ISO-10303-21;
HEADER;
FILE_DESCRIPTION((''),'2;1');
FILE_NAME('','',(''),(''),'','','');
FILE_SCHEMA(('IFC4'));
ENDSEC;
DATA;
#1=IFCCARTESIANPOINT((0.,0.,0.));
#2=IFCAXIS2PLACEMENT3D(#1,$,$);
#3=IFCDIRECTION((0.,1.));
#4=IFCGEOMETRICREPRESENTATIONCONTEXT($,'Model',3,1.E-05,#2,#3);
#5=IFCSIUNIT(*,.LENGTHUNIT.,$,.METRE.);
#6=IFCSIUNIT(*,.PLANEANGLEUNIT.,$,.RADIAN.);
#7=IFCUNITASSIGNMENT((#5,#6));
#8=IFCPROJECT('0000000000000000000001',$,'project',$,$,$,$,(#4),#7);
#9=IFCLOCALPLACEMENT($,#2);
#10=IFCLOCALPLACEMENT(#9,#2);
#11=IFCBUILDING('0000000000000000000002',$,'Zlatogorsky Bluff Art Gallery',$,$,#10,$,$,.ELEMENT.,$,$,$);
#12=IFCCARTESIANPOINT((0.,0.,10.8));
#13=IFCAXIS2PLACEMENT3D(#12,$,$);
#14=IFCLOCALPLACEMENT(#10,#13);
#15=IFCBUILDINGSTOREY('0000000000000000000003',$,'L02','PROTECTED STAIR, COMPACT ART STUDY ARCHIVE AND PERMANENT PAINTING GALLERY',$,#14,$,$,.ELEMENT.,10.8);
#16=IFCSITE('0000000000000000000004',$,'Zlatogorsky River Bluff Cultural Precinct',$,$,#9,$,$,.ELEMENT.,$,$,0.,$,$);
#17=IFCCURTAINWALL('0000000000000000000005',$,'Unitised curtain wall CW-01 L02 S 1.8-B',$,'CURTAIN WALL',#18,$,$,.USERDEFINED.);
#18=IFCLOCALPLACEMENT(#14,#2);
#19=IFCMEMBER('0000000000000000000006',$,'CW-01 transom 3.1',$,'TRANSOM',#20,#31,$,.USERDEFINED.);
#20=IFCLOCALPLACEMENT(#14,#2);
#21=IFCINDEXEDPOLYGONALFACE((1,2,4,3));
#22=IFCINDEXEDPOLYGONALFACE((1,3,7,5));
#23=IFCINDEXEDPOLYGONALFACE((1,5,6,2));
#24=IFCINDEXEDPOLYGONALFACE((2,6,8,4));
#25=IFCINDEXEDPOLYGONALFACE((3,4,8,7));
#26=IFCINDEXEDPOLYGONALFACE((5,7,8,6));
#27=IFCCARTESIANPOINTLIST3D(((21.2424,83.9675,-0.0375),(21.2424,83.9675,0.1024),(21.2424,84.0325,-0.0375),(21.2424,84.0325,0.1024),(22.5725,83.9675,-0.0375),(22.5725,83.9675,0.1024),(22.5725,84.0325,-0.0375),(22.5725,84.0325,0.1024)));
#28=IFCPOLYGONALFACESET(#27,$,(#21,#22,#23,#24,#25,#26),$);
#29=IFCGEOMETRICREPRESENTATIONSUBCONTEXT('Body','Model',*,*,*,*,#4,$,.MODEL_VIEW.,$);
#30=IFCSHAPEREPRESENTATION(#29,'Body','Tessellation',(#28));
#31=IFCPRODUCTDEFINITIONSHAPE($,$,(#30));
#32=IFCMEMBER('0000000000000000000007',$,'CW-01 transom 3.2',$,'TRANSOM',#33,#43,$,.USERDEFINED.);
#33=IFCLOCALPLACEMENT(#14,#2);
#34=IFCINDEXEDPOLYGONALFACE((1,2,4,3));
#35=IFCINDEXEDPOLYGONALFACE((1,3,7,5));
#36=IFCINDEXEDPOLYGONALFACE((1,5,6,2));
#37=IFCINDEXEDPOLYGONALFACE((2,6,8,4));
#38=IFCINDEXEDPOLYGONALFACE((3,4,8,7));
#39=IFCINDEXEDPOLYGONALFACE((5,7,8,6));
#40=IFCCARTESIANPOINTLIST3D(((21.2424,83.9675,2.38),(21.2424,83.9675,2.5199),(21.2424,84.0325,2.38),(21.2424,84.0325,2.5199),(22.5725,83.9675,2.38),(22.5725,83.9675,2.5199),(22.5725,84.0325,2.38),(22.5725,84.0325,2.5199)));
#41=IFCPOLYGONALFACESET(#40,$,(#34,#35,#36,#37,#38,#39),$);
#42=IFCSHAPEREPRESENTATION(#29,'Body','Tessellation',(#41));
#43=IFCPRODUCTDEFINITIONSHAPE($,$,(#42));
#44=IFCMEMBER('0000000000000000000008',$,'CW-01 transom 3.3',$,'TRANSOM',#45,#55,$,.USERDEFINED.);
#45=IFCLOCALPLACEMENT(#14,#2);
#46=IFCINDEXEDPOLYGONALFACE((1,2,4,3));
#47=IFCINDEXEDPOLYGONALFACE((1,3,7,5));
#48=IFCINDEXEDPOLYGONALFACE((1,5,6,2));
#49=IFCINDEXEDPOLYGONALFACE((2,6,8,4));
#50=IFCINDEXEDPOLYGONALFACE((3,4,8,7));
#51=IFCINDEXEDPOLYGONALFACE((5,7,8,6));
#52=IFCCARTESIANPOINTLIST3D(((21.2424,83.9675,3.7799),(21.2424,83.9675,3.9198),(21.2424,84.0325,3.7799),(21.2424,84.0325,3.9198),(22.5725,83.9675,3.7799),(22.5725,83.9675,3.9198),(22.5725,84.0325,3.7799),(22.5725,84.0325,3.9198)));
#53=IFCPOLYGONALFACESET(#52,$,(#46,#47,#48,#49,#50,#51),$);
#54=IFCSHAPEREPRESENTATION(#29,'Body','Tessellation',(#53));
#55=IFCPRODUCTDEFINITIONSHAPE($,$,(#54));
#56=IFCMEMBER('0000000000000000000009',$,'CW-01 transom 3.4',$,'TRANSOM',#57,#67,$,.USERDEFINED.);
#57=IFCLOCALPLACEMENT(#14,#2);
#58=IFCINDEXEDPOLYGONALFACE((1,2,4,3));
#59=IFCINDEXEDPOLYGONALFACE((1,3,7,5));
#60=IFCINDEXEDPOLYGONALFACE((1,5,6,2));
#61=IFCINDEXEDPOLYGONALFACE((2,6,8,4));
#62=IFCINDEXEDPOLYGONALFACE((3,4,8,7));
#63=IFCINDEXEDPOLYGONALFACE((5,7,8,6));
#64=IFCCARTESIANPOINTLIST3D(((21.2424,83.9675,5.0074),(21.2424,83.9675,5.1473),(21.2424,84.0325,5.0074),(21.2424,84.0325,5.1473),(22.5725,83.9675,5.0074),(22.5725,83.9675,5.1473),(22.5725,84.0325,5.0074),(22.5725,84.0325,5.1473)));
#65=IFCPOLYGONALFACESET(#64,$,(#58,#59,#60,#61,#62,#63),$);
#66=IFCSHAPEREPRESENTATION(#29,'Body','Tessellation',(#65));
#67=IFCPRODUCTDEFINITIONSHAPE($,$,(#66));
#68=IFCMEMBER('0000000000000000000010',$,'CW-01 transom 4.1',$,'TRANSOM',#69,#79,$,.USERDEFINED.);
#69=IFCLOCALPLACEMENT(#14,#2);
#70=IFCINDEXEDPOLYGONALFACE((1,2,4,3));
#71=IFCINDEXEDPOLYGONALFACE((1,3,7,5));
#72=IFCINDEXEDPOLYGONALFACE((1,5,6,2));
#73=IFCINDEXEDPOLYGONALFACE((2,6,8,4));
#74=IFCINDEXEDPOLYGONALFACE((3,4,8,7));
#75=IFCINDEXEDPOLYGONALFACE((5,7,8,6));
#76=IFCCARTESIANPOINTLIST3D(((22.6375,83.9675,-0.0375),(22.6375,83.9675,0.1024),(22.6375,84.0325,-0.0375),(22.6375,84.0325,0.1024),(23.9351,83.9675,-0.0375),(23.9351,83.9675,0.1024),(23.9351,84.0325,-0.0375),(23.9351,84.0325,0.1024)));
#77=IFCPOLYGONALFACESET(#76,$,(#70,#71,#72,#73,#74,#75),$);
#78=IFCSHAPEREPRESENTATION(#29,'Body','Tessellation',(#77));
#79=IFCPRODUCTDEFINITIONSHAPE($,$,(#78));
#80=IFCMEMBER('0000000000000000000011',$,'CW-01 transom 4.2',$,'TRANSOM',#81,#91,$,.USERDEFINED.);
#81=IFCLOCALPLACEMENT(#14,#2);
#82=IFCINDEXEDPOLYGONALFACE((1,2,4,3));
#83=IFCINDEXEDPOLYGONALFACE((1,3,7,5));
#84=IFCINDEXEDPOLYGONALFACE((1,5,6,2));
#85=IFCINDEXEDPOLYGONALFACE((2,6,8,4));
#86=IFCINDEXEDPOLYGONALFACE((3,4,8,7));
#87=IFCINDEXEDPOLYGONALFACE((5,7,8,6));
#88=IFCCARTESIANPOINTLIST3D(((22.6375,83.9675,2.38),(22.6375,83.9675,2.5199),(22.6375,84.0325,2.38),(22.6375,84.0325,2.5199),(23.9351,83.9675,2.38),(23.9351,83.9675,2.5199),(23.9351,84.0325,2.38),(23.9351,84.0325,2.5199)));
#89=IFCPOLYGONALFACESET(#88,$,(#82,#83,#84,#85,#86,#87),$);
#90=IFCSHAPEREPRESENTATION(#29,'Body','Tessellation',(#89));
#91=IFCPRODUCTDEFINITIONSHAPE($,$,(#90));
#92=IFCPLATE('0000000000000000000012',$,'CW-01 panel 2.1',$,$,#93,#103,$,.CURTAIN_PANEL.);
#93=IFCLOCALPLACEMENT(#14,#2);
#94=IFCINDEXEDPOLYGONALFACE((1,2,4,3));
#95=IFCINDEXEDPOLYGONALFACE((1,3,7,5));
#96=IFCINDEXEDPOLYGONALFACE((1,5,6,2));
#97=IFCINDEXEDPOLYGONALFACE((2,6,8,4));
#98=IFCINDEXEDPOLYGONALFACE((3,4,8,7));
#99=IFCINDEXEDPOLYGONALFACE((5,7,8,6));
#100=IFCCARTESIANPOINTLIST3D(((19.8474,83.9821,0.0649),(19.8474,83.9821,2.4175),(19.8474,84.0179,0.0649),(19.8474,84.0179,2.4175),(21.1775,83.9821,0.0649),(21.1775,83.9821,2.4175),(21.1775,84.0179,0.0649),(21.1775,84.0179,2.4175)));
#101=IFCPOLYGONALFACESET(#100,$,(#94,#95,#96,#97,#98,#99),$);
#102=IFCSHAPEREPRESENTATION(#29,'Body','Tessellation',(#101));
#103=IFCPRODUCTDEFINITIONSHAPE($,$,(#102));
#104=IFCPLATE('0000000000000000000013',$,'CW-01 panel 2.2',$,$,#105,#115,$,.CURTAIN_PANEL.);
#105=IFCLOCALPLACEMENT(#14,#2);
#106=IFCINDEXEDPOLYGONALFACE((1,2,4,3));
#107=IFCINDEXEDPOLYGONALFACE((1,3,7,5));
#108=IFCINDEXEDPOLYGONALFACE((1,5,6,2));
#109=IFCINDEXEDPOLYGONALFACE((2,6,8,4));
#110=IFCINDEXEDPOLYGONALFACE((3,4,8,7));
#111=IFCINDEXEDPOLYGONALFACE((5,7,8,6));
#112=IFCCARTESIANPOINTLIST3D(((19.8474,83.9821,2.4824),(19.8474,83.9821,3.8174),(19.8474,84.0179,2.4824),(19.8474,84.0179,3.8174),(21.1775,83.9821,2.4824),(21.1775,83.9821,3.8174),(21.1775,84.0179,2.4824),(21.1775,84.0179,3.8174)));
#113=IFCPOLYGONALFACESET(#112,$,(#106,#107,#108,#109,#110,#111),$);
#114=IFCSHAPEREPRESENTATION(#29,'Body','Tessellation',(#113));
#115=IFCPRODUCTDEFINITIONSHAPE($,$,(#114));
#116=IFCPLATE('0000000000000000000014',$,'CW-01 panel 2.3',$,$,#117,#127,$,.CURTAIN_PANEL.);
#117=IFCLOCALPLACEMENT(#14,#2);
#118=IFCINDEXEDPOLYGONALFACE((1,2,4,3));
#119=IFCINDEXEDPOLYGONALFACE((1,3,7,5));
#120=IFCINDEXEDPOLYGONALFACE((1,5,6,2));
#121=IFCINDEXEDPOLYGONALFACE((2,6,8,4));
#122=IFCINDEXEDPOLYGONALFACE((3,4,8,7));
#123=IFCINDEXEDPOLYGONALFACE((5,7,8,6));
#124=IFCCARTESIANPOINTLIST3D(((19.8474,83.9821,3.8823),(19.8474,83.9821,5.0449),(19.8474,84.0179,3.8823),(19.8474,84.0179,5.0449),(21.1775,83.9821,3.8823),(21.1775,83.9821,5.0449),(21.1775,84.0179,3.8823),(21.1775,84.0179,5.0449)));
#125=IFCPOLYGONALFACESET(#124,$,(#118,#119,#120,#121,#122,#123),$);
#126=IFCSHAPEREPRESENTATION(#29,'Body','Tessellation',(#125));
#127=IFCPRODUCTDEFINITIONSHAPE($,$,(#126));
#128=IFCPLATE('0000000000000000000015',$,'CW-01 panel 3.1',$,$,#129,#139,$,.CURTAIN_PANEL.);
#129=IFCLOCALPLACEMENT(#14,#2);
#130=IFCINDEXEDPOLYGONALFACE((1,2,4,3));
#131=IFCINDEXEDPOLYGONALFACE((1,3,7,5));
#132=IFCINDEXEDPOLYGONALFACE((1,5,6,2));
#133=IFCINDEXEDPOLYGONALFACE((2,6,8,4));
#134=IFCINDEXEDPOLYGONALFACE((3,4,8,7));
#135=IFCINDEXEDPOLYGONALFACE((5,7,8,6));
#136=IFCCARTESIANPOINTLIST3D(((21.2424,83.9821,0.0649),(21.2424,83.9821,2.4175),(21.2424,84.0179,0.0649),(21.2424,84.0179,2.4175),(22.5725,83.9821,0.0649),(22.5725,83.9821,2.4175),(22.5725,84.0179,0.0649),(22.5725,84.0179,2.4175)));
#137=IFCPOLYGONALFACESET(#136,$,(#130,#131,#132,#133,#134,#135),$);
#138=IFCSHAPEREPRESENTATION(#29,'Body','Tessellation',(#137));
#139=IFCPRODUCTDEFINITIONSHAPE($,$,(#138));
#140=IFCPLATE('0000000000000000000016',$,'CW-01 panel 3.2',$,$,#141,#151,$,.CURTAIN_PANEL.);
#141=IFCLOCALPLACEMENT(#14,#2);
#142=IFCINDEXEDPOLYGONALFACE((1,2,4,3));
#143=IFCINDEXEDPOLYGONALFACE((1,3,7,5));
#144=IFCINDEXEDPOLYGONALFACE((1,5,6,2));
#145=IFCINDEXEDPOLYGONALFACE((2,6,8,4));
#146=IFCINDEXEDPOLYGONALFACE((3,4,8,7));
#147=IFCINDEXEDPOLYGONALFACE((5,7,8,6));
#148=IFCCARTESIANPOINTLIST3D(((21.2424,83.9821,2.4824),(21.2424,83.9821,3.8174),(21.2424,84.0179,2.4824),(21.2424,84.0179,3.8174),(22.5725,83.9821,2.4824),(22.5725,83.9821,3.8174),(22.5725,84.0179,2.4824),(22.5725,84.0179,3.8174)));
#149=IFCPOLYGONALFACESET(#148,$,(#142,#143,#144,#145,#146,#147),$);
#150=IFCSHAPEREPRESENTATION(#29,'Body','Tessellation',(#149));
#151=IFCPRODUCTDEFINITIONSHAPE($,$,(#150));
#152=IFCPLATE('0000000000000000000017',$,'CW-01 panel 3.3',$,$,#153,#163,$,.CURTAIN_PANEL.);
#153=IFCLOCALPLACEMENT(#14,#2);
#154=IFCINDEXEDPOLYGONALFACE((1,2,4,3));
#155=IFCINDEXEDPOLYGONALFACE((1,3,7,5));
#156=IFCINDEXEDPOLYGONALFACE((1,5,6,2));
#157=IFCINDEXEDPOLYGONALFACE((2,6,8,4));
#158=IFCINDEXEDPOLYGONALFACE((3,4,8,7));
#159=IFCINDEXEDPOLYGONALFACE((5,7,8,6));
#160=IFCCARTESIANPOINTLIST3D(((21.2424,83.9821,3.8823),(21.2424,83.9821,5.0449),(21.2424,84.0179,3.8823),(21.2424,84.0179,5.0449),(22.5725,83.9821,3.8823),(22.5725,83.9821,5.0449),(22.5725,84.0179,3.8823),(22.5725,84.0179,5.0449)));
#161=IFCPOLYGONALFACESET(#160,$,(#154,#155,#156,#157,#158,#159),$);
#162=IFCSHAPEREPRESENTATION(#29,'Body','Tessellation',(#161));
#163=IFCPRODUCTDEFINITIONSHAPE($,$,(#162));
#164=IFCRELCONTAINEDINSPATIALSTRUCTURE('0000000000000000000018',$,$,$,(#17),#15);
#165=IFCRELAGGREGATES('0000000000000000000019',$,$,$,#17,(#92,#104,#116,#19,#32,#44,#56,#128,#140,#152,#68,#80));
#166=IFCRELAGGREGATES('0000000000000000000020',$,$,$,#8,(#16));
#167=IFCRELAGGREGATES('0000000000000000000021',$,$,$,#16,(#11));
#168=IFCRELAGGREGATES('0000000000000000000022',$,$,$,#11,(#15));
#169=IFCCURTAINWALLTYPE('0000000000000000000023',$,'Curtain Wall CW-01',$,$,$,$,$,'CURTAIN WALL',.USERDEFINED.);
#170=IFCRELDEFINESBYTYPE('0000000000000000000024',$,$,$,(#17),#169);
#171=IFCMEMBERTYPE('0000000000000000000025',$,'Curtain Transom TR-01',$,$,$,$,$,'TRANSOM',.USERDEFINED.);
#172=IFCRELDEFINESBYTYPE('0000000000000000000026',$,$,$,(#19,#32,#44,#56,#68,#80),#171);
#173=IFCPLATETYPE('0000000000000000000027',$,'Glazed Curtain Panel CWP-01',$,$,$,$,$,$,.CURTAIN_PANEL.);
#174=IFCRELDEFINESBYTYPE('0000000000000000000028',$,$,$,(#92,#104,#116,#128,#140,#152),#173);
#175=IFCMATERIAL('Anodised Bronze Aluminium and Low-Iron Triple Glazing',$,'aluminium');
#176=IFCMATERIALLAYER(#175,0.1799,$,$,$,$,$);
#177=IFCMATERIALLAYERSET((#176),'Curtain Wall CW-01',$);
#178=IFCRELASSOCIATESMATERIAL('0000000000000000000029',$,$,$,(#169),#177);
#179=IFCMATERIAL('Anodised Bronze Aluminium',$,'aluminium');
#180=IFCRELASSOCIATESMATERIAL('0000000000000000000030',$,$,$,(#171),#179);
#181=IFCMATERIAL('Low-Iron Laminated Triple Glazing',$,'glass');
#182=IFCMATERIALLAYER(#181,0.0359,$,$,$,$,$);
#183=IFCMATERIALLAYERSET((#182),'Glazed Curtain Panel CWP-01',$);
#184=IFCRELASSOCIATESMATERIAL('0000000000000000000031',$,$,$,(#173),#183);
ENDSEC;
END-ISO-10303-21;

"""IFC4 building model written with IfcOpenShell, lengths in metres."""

from ifc_helpers import new_model, si_unit, direction, frame, origin, origin_2d, place, context, subcontext, project, spatial, rectangle, extrude, material, layer, layer_set, material_profile, profile_set, type_object, element, aggregate, save


model = new_model("IFC4")

# Units and contexts
model_context = context("Model", 3, precision=1e-05, world=origin(), true_north=direction((0.0, 1.0)))
body_context = subcontext(model_context, "Body", "Model", "MODEL_VIEW")
ifc_project = project(units=[si_unit("LENGTHUNIT", "METRE"), si_unit("PLANEANGLEUNIT", "RADIAN")], contexts=[model_context])

# Site, building, storey
site_placement = place(None, origin())
site = spatial("IfcSite", under=ifc_project, at=site_placement, Name="Zlatogorsky River Bluff Cultural Precinct", CompositionType="ELEMENT", RefElevation=0.0)
building_placement = place(site_placement, origin())
building = spatial("IfcBuilding", under=site, at=building_placement, Name="Zlatogorsky Bluff Art Gallery", CompositionType="ELEMENT")
storey_placement = place(building_placement, frame((0.0, 0.0, 10.8)))
storey = spatial("IfcBuildingStorey", under=building, at=storey_placement, Name="L02", Description="PROTECTED STAIR, COMPACT ART STUDY ARCHIVE AND PERMANENT PAINTING GALLERY", CompositionType="ELEMENT", Elevation=10.8)

# Curtain wall, members, plates
ifc_material_1 = material(Name="Anodised Bronze Aluminium and Low-Iron Triple Glazing", Category="aluminium")
ifc_layer_1 = layer(ifc_material_1, 0.1799)
ifc_layer_set_1 = layer_set([ifc_layer_1], Name="Curtain Wall CW-01")
curtain_wall_type = type_object("IfcCurtainWallType", Name="Curtain Wall CW-01", ElementType="CURTAIN WALL", PredefinedType="USERDEFINED", material=ifc_layer_set_1)
curtain_wall_placement = place(storey_placement, origin())
curtain_wall = element("IfcCurtainWall", 1, at=curtain_wall_placement, inside=storey, type_object=curtain_wall_type, Name="Unitised curtain wall CW-01 L02 S 1.8-B", ObjectType="CURTAIN WALL", PredefinedType="USERDEFINED")
ifc_material_2 = material(Name="Anodised Bronze Aluminium", Category="aluminium")
ifc_material_profile_1 = material_profile(ifc_material_2, rectangle(XDim=0.0649, YDim=0.1399, at=origin_2d()), Name="ALU TRANSOM 65x140")
ifc_profile_set_1 = profile_set([ifc_material_profile_1], Name="Anodised Bronze Aluminium")
member_type_1 = type_object("IfcMemberType", Name="Curtain Transom TR-01", ElementType="TRANSOM", PredefinedType="USERDEFINED", material=ifc_profile_set_1)
member_1_placement = place(storey_placement, frame((21.2424, 84.0, 0.0325), z_axis=(1.0, 0.0, 0.0), x_axis=(0.0, 1.0, 0.0)))
member_1 = element("IfcMember", 2, at=member_1_placement, type_object=member_type_1, Name="CW-01 transom 3.1", ObjectType="TRANSOM", PredefinedType="USERDEFINED", context=body_context, shape_type="SweptSolid", body=[
    extrude(rectangle(XDim=0.0649, YDim=0.1399, at=origin_2d()), origin(), (0.0, 0.0, 1.0), 1.3301),
])
member_2_placement = place(storey_placement, frame((21.2424, 84.0, 2.45), z_axis=(1.0, 0.0, 0.0), x_axis=(0.0, 1.0, 0.0)))
member_2 = element("IfcMember", 3, at=member_2_placement, type_object=member_type_1, Name="CW-01 transom 3.2", ObjectType="TRANSOM", PredefinedType="USERDEFINED", context=body_context, shape_type="SweptSolid", body=[
    extrude(rectangle(XDim=0.0649, YDim=0.1399, at=origin_2d()), origin(), (0.0, 0.0, 1.0), 1.3301),
])
member_3_placement = place(storey_placement, frame((21.2424, 84.0, 3.8499), z_axis=(1.0, 0.0, 0.0), x_axis=(0.0, 1.0, 0.0)))
member_3 = element("IfcMember", 4, at=member_3_placement, type_object=member_type_1, Name="CW-01 transom 3.3", ObjectType="TRANSOM", PredefinedType="USERDEFINED", context=body_context, shape_type="SweptSolid", body=[
    extrude(rectangle(XDim=0.0649, YDim=0.1399, at=origin_2d()), origin(), (0.0, 0.0, 1.0), 1.3301),
])
member_4_placement = place(storey_placement, frame((21.2424, 84.0, 5.0774), z_axis=(1.0, 0.0, 0.0), x_axis=(0.0, 1.0, 0.0)))
member_4 = element("IfcMember", 5, at=member_4_placement, type_object=member_type_1, Name="CW-01 transom 3.4", ObjectType="TRANSOM", PredefinedType="USERDEFINED", context=body_context, shape_type="SweptSolid", body=[
    extrude(rectangle(XDim=0.0649, YDim=0.1399, at=origin_2d()), origin(), (0.0, 0.0, 1.0), 1.3301),
])
member_5_placement = place(storey_placement, frame((22.6375, 84.0, 0.0325), z_axis=(1.0, 0.0, 0.0), x_axis=(0.0, 1.0, 0.0)))
member_5 = element("IfcMember", 6, at=member_5_placement, type_object=member_type_1, Name="CW-01 transom 4.1", ObjectType="TRANSOM", PredefinedType="USERDEFINED", context=body_context, shape_type="SweptSolid", body=[
    extrude(rectangle(XDim=0.0649, YDim=0.1399, at=origin_2d()), origin(), (0.0, 0.0, 1.0), 1.2976),
])
member_6_placement = place(storey_placement, frame((22.6375, 84.0, 2.45), z_axis=(1.0, 0.0, 0.0), x_axis=(0.0, 1.0, 0.0)))
member_6 = element("IfcMember", 7, at=member_6_placement, type_object=member_type_1, Name="CW-01 transom 4.2", ObjectType="TRANSOM", PredefinedType="USERDEFINED", context=body_context, shape_type="SweptSolid", body=[
    extrude(rectangle(XDim=0.0649, YDim=0.1399, at=origin_2d()), origin(), (0.0, 0.0, 1.0), 1.2976),
])
ifc_material_3 = material(Name="Low-Iron Laminated Triple Glazing", Category="glass")
ifc_layer_2 = layer(ifc_material_3, 0.0359)
ifc_layer_set_2 = layer_set([ifc_layer_2], Name="Glazed Curtain Panel CWP-01")
plate_type = type_object("IfcPlateType", Name="Glazed Curtain Panel CWP-01", PredefinedType="CURTAIN_PANEL", material=ifc_layer_set_2)
plate_1_placement = place(storey_placement, frame((20.5125, 84.0, 0.0649), z_axis=(0.0, 0.0, 1.0), x_axis=(1.0, 0.0, 0.0)))
plate_1 = element("IfcPlate", 8, at=plate_1_placement, type_object=plate_type, Name="CW-01 panel 2.1", PredefinedType="CURTAIN_PANEL", context=body_context, shape_type="SweptSolid", body=[
    extrude(rectangle(XDim=1.3301, YDim=0.0359, at=origin_2d()), origin(), (0.0, 0.0, 1.0), 2.3525),
])
plate_2_placement = place(storey_placement, frame((20.5125, 84.0, 2.4824), z_axis=(0.0, 0.0, 1.0), x_axis=(1.0, 0.0, 0.0)))
plate_2 = element("IfcPlate", 9, at=plate_2_placement, type_object=plate_type, Name="CW-01 panel 2.2", PredefinedType="CURTAIN_PANEL", context=body_context, shape_type="SweptSolid", body=[
    extrude(rectangle(XDim=1.3301, YDim=0.0359, at=origin_2d()), origin(), (0.0, 0.0, 1.0), 1.335),
])
plate_3_placement = place(storey_placement, frame((20.5125, 84.0, 3.8823), z_axis=(0.0, 0.0, 1.0), x_axis=(1.0, 0.0, 0.0)))
plate_3 = element("IfcPlate", 10, at=plate_3_placement, type_object=plate_type, Name="CW-01 panel 2.3", PredefinedType="CURTAIN_PANEL", context=body_context, shape_type="SweptSolid", body=[
    extrude(rectangle(XDim=1.3301, YDim=0.0359, at=origin_2d()), origin(), (0.0, 0.0, 1.0), 1.1626),
])
plate_4_placement = place(storey_placement, frame((21.9075, 84.0, 0.0649), z_axis=(0.0, 0.0, 1.0), x_axis=(1.0, 0.0, 0.0)))
plate_4 = element("IfcPlate", 11, at=plate_4_placement, type_object=plate_type, Name="CW-01 panel 3.1", PredefinedType="CURTAIN_PANEL", context=body_context, shape_type="SweptSolid", body=[
    extrude(rectangle(XDim=1.3301, YDim=0.0359, at=origin_2d()), origin(), (0.0, 0.0, 1.0), 2.3525),
])
plate_5_placement = place(storey_placement, frame((21.9075, 84.0, 2.4824), z_axis=(0.0, 0.0, 1.0), x_axis=(1.0, 0.0, 0.0)))
plate_5 = element("IfcPlate", 12, at=plate_5_placement, type_object=plate_type, Name="CW-01 panel 3.2", PredefinedType="CURTAIN_PANEL", context=body_context, shape_type="SweptSolid", body=[
    extrude(rectangle(XDim=1.3301, YDim=0.0359, at=origin_2d()), origin(), (0.0, 0.0, 1.0), 1.335),
])
plate_6_placement = place(storey_placement, frame((21.9075, 84.0, 3.8823), z_axis=(0.0, 0.0, 1.0), x_axis=(1.0, 0.0, 0.0)))
plate_6 = element("IfcPlate", 13, at=plate_6_placement, type_object=plate_type, Name="CW-01 panel 3.3", PredefinedType="CURTAIN_PANEL", context=body_context, shape_type="SweptSolid", body=[
    extrude(rectangle(XDim=1.3301, YDim=0.0359, at=origin_2d()), origin(), (0.0, 0.0, 1.0), 1.1626),
])
aggregate(curtain_wall, [plate_1, plate_2, plate_3, member_1, member_2, member_3, member_4, plate_4, plate_5, plate_6, member_5, member_6])

save(model, "model.ifc")
